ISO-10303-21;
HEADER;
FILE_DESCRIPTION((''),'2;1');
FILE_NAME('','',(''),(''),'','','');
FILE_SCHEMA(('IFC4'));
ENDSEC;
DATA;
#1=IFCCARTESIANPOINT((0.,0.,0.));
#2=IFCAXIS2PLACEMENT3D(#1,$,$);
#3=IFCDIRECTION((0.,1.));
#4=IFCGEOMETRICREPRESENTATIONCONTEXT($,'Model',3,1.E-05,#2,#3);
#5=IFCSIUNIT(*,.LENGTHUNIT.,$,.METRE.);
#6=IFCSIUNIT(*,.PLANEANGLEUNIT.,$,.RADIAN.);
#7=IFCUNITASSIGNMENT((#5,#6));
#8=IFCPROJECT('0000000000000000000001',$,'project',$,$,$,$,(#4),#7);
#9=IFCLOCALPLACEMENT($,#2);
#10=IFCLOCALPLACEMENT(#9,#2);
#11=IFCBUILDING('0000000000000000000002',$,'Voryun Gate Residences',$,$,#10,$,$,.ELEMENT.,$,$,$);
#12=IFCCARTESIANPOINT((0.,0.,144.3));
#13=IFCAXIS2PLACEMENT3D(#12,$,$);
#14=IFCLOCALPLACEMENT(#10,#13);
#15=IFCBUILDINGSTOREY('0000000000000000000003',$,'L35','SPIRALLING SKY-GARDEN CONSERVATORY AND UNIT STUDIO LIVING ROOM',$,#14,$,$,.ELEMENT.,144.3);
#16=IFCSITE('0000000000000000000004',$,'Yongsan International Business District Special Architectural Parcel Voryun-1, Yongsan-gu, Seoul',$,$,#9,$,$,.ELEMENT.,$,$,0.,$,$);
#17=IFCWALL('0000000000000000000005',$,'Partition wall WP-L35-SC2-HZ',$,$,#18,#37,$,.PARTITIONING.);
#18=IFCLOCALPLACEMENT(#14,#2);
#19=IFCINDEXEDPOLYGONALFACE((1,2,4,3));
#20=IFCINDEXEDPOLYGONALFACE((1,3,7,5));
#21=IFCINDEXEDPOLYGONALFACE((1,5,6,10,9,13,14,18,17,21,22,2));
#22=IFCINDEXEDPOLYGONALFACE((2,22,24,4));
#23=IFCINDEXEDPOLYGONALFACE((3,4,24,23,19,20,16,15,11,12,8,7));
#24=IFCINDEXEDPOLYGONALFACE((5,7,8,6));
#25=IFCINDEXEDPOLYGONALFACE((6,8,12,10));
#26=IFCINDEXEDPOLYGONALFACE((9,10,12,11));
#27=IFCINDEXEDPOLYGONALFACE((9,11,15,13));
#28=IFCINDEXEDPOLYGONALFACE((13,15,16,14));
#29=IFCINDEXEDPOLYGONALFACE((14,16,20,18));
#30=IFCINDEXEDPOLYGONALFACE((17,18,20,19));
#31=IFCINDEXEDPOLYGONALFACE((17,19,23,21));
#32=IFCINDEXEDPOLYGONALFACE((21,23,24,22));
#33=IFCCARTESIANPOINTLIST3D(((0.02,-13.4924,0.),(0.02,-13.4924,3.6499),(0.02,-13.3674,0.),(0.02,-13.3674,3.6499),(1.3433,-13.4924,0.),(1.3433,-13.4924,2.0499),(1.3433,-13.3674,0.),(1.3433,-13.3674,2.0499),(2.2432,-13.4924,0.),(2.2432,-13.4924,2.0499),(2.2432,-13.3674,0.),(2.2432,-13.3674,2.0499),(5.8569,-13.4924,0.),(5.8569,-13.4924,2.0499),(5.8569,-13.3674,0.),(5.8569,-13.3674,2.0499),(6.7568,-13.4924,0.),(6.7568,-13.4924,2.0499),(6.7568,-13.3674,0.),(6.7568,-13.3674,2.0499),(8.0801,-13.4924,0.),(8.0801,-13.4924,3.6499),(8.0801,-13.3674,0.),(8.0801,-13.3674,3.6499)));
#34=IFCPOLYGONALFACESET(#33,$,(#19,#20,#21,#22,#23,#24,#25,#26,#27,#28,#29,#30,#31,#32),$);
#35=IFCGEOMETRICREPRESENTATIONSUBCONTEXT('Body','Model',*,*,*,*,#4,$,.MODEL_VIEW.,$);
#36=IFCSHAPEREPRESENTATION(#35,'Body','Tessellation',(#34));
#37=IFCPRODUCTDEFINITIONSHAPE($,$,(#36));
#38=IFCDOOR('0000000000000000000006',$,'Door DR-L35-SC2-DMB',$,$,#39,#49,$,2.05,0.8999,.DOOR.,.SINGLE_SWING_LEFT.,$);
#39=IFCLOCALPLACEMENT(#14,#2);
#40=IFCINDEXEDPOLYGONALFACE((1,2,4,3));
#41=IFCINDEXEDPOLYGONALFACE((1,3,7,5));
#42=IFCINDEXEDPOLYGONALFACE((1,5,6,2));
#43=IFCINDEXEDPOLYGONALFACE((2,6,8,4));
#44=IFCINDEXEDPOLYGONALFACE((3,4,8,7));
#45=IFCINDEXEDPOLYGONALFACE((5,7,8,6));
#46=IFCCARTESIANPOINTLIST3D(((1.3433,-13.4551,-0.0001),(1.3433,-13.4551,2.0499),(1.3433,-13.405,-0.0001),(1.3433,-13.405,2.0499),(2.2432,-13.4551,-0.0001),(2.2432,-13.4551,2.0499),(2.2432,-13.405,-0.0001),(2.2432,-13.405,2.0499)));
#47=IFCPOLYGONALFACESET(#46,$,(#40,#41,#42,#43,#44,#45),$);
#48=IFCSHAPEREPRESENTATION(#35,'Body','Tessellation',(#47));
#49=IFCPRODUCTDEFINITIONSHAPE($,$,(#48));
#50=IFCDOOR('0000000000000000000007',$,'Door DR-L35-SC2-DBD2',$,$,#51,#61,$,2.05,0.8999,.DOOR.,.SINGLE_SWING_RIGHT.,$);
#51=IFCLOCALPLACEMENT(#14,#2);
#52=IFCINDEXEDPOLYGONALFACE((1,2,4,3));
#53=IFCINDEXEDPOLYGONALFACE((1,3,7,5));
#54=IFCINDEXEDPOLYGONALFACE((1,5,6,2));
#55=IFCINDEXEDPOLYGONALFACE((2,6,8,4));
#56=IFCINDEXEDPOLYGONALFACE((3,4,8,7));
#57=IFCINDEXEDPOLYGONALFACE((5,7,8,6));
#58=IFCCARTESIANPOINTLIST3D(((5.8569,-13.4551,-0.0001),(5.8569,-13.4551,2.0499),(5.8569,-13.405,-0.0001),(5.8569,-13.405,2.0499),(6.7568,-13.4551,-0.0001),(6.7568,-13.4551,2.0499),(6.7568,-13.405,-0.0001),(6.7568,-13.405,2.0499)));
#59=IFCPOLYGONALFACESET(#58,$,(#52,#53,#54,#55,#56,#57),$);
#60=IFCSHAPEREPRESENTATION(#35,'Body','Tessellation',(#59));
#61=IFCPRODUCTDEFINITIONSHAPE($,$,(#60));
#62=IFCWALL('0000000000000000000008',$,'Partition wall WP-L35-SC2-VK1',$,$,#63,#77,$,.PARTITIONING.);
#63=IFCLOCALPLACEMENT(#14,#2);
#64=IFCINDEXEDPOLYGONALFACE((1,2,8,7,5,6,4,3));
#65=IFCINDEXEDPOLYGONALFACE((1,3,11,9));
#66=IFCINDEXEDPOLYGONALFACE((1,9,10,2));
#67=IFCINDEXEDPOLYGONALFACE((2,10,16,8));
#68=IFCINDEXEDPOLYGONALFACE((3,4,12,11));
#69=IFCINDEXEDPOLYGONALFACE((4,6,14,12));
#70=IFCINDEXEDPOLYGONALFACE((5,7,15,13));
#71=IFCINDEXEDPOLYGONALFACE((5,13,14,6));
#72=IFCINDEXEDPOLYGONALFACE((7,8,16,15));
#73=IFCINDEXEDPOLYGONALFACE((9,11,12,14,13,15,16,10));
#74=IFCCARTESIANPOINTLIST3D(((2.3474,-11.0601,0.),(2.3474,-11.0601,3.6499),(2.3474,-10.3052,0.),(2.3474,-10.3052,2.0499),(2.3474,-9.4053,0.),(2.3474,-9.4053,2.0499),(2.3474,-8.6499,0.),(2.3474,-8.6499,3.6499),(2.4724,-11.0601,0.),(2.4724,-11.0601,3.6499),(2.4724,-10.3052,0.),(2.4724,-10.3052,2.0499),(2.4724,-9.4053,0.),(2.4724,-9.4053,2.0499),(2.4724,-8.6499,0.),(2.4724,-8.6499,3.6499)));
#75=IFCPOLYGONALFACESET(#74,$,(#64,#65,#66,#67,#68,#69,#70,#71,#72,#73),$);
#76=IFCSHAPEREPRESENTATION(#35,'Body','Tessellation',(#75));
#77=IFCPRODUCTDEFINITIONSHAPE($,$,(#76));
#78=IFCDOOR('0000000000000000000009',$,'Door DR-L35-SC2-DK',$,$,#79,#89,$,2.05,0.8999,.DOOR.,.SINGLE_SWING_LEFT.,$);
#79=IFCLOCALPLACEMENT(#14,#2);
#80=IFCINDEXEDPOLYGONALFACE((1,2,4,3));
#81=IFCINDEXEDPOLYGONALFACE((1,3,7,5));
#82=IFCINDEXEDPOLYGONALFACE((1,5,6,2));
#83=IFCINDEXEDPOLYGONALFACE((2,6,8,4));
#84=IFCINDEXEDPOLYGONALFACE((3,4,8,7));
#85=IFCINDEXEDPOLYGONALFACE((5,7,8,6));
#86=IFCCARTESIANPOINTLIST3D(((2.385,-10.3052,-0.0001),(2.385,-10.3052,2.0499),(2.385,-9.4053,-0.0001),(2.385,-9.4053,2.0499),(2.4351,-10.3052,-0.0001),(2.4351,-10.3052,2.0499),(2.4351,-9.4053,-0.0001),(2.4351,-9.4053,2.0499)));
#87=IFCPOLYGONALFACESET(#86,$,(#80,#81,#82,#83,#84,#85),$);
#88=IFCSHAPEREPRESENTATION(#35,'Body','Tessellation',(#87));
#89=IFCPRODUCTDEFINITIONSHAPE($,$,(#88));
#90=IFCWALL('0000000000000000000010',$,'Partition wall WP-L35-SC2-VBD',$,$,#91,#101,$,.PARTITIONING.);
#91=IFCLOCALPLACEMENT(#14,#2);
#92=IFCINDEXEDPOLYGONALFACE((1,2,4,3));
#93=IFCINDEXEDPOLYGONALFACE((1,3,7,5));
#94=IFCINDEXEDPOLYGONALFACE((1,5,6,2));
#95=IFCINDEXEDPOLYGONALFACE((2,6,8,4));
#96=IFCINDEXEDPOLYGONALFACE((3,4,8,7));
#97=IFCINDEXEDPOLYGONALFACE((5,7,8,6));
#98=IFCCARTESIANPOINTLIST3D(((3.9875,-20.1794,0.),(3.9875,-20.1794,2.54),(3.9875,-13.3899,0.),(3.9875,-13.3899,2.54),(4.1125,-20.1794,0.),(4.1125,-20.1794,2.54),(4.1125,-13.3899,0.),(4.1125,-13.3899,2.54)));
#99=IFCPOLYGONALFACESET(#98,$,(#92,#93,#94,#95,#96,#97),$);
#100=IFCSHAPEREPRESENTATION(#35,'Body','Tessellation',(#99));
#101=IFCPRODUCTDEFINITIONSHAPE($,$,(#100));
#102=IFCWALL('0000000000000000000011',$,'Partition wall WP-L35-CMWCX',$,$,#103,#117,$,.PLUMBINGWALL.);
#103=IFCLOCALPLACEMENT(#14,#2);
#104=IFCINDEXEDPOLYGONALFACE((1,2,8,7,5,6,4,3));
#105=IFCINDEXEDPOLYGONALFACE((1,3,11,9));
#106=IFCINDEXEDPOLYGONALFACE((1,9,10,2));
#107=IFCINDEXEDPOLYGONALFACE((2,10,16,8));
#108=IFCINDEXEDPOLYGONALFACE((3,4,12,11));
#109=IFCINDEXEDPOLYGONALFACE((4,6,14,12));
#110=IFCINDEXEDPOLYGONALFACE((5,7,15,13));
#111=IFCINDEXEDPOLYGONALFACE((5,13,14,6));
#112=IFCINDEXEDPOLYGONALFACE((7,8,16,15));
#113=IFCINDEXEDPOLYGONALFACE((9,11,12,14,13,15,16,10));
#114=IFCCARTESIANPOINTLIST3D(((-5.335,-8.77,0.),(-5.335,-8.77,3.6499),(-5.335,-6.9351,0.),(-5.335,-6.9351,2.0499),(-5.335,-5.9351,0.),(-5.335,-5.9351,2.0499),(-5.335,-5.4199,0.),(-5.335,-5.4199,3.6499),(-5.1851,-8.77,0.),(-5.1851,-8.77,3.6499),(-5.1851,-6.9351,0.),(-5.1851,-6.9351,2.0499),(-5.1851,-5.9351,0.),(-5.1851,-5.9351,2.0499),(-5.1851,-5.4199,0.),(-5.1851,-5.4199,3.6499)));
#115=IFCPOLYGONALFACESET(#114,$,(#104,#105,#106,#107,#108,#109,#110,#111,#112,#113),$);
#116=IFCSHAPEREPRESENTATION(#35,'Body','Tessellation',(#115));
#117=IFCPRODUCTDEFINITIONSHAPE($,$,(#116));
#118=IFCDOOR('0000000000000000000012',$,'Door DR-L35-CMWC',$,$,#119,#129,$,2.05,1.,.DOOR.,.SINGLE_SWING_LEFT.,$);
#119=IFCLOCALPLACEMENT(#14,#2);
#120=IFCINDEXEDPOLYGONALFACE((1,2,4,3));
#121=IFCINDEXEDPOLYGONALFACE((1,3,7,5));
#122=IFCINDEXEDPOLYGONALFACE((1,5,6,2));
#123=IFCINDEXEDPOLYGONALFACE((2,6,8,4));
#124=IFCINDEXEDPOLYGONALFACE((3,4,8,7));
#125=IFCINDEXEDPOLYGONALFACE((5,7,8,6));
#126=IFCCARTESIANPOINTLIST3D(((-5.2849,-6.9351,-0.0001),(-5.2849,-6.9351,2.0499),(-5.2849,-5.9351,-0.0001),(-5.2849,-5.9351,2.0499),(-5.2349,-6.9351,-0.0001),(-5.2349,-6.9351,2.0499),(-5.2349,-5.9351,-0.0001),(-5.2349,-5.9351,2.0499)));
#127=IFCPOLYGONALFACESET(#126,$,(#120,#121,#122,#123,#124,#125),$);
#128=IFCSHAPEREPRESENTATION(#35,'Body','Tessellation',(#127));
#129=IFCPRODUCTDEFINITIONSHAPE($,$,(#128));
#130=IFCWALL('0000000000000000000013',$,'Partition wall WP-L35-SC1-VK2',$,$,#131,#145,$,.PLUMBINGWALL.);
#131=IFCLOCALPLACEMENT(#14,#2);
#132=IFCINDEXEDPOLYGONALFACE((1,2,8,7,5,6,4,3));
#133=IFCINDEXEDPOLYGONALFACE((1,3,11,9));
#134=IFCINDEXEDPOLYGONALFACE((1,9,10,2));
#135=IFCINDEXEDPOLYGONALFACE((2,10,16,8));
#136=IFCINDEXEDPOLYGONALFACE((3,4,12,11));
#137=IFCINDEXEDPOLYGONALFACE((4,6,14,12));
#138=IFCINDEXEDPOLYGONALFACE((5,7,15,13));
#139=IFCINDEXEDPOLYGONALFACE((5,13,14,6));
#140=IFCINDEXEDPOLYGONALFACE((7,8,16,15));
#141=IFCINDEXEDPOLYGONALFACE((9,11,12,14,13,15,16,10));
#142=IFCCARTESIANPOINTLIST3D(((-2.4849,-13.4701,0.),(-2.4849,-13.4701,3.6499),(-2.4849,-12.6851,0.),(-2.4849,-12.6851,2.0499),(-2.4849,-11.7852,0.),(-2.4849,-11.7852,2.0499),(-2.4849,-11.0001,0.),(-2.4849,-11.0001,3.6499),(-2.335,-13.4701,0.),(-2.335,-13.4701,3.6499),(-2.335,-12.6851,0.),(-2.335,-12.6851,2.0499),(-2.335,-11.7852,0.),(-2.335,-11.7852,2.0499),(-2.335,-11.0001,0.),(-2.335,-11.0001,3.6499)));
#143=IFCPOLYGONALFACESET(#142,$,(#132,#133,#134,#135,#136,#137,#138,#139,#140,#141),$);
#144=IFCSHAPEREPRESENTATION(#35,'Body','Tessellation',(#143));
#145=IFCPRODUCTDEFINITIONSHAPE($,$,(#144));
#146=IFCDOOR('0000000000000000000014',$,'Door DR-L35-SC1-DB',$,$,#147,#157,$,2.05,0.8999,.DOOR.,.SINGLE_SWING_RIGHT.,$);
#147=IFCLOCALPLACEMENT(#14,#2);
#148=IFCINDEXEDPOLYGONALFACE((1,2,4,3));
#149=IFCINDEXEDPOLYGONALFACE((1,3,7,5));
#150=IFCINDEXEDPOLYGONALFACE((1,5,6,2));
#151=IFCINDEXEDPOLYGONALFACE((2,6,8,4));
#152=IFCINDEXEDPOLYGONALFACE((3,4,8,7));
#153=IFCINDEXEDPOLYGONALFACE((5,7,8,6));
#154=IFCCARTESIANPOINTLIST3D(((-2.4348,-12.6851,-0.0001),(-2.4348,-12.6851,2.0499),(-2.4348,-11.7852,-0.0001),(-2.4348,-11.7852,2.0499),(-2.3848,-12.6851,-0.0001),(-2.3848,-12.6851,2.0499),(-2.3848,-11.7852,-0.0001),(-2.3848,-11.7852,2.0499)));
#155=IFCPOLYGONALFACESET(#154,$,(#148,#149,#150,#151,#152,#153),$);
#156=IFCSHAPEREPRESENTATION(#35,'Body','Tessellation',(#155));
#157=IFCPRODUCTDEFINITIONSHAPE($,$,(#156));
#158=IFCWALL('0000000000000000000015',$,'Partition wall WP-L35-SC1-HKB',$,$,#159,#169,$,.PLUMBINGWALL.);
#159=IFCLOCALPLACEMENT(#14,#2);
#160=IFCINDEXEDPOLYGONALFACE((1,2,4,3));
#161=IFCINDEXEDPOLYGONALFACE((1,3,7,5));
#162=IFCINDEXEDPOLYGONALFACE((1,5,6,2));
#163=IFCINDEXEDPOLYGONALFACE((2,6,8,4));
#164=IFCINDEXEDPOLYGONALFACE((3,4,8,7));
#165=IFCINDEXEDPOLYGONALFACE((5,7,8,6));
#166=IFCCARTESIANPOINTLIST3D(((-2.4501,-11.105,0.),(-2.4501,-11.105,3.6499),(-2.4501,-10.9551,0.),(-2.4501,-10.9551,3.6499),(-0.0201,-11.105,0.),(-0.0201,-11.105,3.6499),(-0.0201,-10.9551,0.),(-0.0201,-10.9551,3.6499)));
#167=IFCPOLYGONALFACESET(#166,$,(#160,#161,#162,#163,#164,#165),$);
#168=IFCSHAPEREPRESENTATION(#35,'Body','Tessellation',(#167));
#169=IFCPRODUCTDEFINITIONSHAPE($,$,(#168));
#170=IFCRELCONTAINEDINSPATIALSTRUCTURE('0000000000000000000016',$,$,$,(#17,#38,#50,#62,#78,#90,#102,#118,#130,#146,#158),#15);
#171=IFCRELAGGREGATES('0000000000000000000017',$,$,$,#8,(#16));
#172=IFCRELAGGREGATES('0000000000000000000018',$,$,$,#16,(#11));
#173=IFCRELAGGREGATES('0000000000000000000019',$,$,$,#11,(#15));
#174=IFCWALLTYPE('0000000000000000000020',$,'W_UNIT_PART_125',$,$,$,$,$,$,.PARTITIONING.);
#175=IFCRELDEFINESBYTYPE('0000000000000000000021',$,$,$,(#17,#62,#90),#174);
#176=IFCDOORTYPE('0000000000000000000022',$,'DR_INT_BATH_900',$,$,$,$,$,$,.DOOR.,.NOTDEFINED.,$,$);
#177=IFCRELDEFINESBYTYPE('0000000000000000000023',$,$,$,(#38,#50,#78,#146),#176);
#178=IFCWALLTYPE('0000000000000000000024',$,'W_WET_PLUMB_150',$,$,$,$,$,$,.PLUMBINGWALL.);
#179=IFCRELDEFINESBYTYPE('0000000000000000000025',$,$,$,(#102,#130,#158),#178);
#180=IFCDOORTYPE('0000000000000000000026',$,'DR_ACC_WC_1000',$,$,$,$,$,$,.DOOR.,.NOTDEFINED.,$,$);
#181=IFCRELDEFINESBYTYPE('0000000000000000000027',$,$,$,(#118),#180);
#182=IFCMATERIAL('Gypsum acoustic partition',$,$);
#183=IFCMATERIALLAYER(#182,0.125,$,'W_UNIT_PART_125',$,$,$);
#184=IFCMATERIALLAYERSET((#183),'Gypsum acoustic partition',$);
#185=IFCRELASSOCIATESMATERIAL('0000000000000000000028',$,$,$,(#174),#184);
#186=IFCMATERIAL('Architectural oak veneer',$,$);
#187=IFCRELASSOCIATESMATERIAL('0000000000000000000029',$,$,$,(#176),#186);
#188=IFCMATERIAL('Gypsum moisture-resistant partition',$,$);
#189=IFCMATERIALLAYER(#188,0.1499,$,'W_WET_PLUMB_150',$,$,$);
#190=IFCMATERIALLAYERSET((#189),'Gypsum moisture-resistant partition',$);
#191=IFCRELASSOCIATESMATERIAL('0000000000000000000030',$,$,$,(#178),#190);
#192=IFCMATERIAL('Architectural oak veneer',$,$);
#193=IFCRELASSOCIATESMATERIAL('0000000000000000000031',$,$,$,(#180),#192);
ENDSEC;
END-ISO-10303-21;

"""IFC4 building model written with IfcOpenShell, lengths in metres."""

from ifc_helpers import new_model, si_unit, direction, frame, frame_2d, origin, place, context, subcontext, project, spatial, rectangle, extrude, material, layer, layer_set, type_object, element, fill, save


model = new_model("IFC4")

# Units and contexts
model_context = context("Model", 3, precision=1e-05, world=origin(), true_north=direction((0.0, 1.0)))
body_context = subcontext(model_context, "Body", "Model", "MODEL_VIEW")
ifc_project = project(units=[si_unit("LENGTHUNIT", "METRE"), si_unit("PLANEANGLEUNIT", "RADIAN")], contexts=[model_context])

# Site, building, storey
site_placement = place(None, origin())
site = spatial("IfcSite", under=ifc_project, at=site_placement, Name="Yongsan International Business District Special Architectural Parcel Voryun-1, Yongsan-gu, Seoul", CompositionType="ELEMENT", RefElevation=0.0)
building_placement = place(site_placement, origin())
building = spatial("IfcBuilding", under=site, at=building_placement, Name="Voryun Gate Residences", CompositionType="ELEMENT")
storey_placement = place(building_placement, frame((0.0, 0.0, 144.3)))
storey = spatial("IfcBuildingStorey", under=building, at=storey_placement, Name="L35", Description="SPIRALLING SKY-GARDEN CONSERVATORY AND UNIT STUDIO LIVING ROOM", CompositionType="ELEMENT", Elevation=144.3)

# Shared definitions
ifc_material_1 = material(Name="Gypsum acoustic partition")
ifc_layer_1 = layer(ifc_material_1, 0.125, Name="W_UNIT_PART_125")
ifc_layer_set_1 = layer_set([ifc_layer_1], Name="Gypsum acoustic partition")
wall_type_1 = type_object("IfcWallType", Name="W_UNIT_PART_125", PredefinedType="PARTITIONING", material=ifc_layer_set_1)
ifc_material_2 = material(Name="Architectural oak veneer")
door_type_1 = type_object("IfcDoorType", Name="DR_INT_BATH_900", OperationType="NOTDEFINED", PredefinedType="DOOR", material=ifc_material_2)

# Wall, openings, doors
wall_1_placement = place(storey_placement, frame((0.02, -13.4299, 0.0), z_axis=(0.0, 0.0, 1.0), x_axis=(1.0, 0.0, 0.0)))
wall_1 = element("IfcWall", 1, at=wall_1_placement, inside=storey, type_object=wall_type_1, Name="Partition wall WP-L35-SC2-HZ", PredefinedType="PARTITIONING", context=body_context, shape_type="SweptSolid", body=[
    extrude(rectangle(XDim=8.0601, YDim=0.125, at=frame_2d((4.03, 0.0))), origin(), (0.0, 0.0, 1.0), 3.6499),
])
opening_1_placement = place(wall_1_placement, frame((1.3232, 0.0, 0.0)))
opening_1 = element("IfcOpeningElement", 2, at=opening_1_placement, cuts=wall_1, PredefinedType="OPENING", context=body_context, shape_type="SweptSolid", body=[
    extrude(rectangle(XDim=0.8999, YDim=2.05, at=frame_2d((0.45, 1.0249))), frame((0.0, 0.0725, 0.0), z_axis=(0.0, -1.0, 0.0), x_axis=(1.0, 0.0, 0.0)), (0.0, 0.0, 1.0), 0.145),
])
opening_2_placement = place(wall_1_placement, frame((5.8369, 0.0, 0.0)))
opening_2 = element("IfcOpeningElement", 3, at=opening_2_placement, cuts=wall_1, PredefinedType="OPENING", context=body_context, shape_type="SweptSolid", body=[
    extrude(rectangle(XDim=0.8999, YDim=2.05, at=frame_2d((0.45, 1.0249))), frame((0.0, 0.0725, 0.0), z_axis=(0.0, -1.0, 0.0), x_axis=(1.0, 0.0, 0.0)), (0.0, 0.0, 1.0), 0.145),
])
door_1_placement = place(opening_1_placement, origin())
door_1 = element("IfcDoor", 4, at=door_1_placement, inside=storey, type_object=door_type_1, Name="Door DR-L35-SC2-DMB", OperationType="SINGLE_SWING_LEFT", OverallHeight=2.05, OverallWidth=0.8999, PredefinedType="DOOR", context=body_context, shape_type="SweptSolid", body=[
    extrude(rectangle(XDim=0.8999, YDim=2.05, at=frame_2d((0.45, 1.0249))), frame((0.0, 0.0249, 0.0), z_axis=(0.0, -1.0, 0.0), x_axis=(1.0, 0.0, 0.0)), (0.0, 0.0, 1.0), 0.05),
])
fill(opening_1, door_1)
door_2_placement = place(opening_2_placement, origin())
door_2 = element("IfcDoor", 5, at=door_2_placement, inside=storey, type_object=door_type_1, Name="Door DR-L35-SC2-DBD2", OperationType="SINGLE_SWING_RIGHT", OverallHeight=2.05, OverallWidth=0.8999, PredefinedType="DOOR", context=body_context, shape_type="SweptSolid", body=[
    extrude(rectangle(XDim=0.8999, YDim=2.05, at=frame_2d((0.45, 1.0249))), frame((0.0, 0.0249, 0.0), z_axis=(0.0, -1.0, 0.0), x_axis=(1.0, 0.0, 0.0)), (0.0, 0.0, 1.0), 0.05),
])
fill(opening_2, door_2)

# Wall, opening, door
wall_2_placement = place(storey_placement, frame((2.4099, -11.0601, 0.0), z_axis=(0.0, 0.0, 1.0), x_axis=(0.0, 1.0, 0.0)))
wall_2 = element("IfcWall", 6, at=wall_2_placement, inside=storey, type_object=wall_type_1, Name="Partition wall WP-L35-SC2-VK1", PredefinedType="PARTITIONING", context=body_context, shape_type="SweptSolid", body=[
    extrude(rectangle(XDim=2.4102, YDim=0.125, at=frame_2d((1.2051, 0.0))), origin(), (0.0, 0.0, 1.0), 3.6499),
])
opening_3_placement = place(wall_2_placement, frame((0.7549, 0.0, 0.0)))
opening_3 = element("IfcOpeningElement", 7, at=opening_3_placement, cuts=wall_2, PredefinedType="OPENING", context=body_context, shape_type="SweptSolid", body=[
    extrude(rectangle(XDim=0.8999, YDim=2.05, at=frame_2d((0.45, 1.0249))), frame((0.0, 0.0725, 0.0), z_axis=(0.0, -1.0, 0.0), x_axis=(1.0, 0.0, 0.0)), (0.0, 0.0, 1.0), 0.145),
])
door_3_placement = place(opening_3_placement, origin())
door_3 = element("IfcDoor", 8, at=door_3_placement, inside=storey, type_object=door_type_1, Name="Door DR-L35-SC2-DK", OperationType="SINGLE_SWING_LEFT", OverallHeight=2.05, OverallWidth=0.8999, PredefinedType="DOOR", context=body_context, shape_type="SweptSolid", body=[
    extrude(rectangle(XDim=0.8999, YDim=2.05, at=frame_2d((0.45, 1.0249))), frame((0.0, 0.0249, 0.0), z_axis=(0.0, -1.0, 0.0), x_axis=(1.0, 0.0, 0.0)), (0.0, 0.0, 1.0), 0.05),
])
fill(opening_3, door_3)

# Wall
wall_3_placement = place(storey_placement, frame((4.05, -20.1794, 0.0), z_axis=(0.0, 0.0, 1.0), x_axis=(0.0, 1.0, 0.0)))
element("IfcWall", 9, at=wall_3_placement, inside=storey, type_object=wall_type_1, Name="Partition wall WP-L35-SC2-VBD", PredefinedType="PARTITIONING", context=body_context, shape_type="SweptSolid", body=[
    extrude(rectangle(XDim=6.7896, YDim=0.125, at=frame_2d((3.3948, 0.0))), origin(), (0.0, 0.0, 1.0), 2.54),
])

# Walls, openings, doors
ifc_material_3 = material(Name="Gypsum moisture-resistant partition")
ifc_layer_2 = layer(ifc_material_3, 0.1499, Name="W_WET_PLUMB_150")
ifc_layer_set_2 = layer_set([ifc_layer_2], Name="Gypsum moisture-resistant partition")
wall_type_2 = type_object("IfcWallType", Name="W_WET_PLUMB_150", PredefinedType="PLUMBINGWALL", material=ifc_layer_set_2)
wall_4_placement = place(storey_placement, frame((-5.26, -8.77, 0.0), z_axis=(0.0, 0.0, 1.0), x_axis=(0.0, 1.0, 0.0)))
wall_4 = element("IfcWall", 10, at=wall_4_placement, inside=storey, type_object=wall_type_2, Name="Partition wall WP-L35-CMWCX", PredefinedType="PLUMBINGWALL", context=body_context, shape_type="SweptSolid", body=[
    extrude(rectangle(XDim=3.3501, YDim=0.1499, at=frame_2d((1.675, 0.0))), origin(), (0.0, 0.0, 1.0), 3.6499),
])
opening_4_placement = place(wall_4_placement, frame((1.835, 0.0, 0.0)))
opening_4 = element("IfcOpeningElement", 11, at=opening_4_placement, cuts=wall_4, PredefinedType="OPENING", context=body_context, shape_type="SweptSolid", body=[
    extrude(rectangle(XDim=1.0, YDim=2.05, at=frame_2d((0.5, 1.0249))), frame((0.0, 0.085, 0.0), z_axis=(0.0, -1.0, 0.0), x_axis=(1.0, 0.0, 0.0)), (0.0, 0.0, 1.0), 0.1699),
])
ifc_material_4 = material(Name="Architectural oak veneer")
door_type_2 = type_object("IfcDoorType", Name="DR_ACC_WC_1000", OperationType="NOTDEFINED", PredefinedType="DOOR", material=ifc_material_4)
door_4_placement = place(opening_4_placement, origin())
door_4 = element("IfcDoor", 12, at=door_4_placement, inside=storey, type_object=door_type_2, Name="Door DR-L35-CMWC", OperationType="SINGLE_SWING_LEFT", OverallHeight=2.05, OverallWidth=1.0, PredefinedType="DOOR", context=body_context, shape_type="SweptSolid", body=[
    extrude(rectangle(XDim=1.0, YDim=2.05, at=frame_2d((0.5, 1.0249))), frame((0.0, 0.0249, 0.0), z_axis=(0.0, -1.0, 0.0), x_axis=(1.0, 0.0, 0.0)), (0.0, 0.0, 1.0), 0.05),
])
fill(opening_4, door_4)
wall_5_placement = place(storey_placement, frame((-2.4099, -13.47, 0.0), z_axis=(0.0, 0.0, 1.0), x_axis=(0.0, 1.0, 0.0)))
wall_5 = element("IfcWall", 13, at=wall_5_placement, inside=storey, type_object=wall_type_2, Name="Partition wall WP-L35-SC1-VK2", PredefinedType="PLUMBINGWALL", context=body_context, shape_type="SweptSolid", body=[
    extrude(rectangle(XDim=2.47, YDim=0.1499, at=frame_2d((1.2349, 0.0))), origin(), (0.0, 0.0, 1.0), 3.6499),
])
opening_5_placement = place(wall_5_placement, frame((0.7849, 0.0, 0.0)))
opening_5 = element("IfcOpeningElement", 14, at=opening_5_placement, cuts=wall_5, PredefinedType="OPENING", context=body_context, shape_type="SweptSolid", body=[
    extrude(rectangle(XDim=0.8999, YDim=2.05, at=frame_2d((0.45, 1.0249))), frame((0.0, 0.085, 0.0), z_axis=(0.0, -1.0, 0.0), x_axis=(1.0, 0.0, 0.0)), (0.0, 0.0, 1.0), 0.1699),
])
door_5_placement = place(opening_5_placement, origin())
door_5 = element("IfcDoor", 15, at=door_5_placement, inside=storey, type_object=door_type_1, Name="Door DR-L35-SC1-DB", OperationType="SINGLE_SWING_RIGHT", OverallHeight=2.05, OverallWidth=0.8999, PredefinedType="DOOR", context=body_context, shape_type="SweptSolid", body=[
    extrude(rectangle(XDim=0.8999, YDim=2.05, at=frame_2d((0.45, 1.0249))), frame((0.0, 0.0249, 0.0), z_axis=(0.0, -1.0, 0.0), x_axis=(1.0, 0.0, 0.0)), (0.0, 0.0, 1.0), 0.05),
])
fill(opening_5, door_5)

# Wall
wall_6_placement = place(storey_placement, frame((-2.45, -11.03, 0.0), z_axis=(0.0, 0.0, 1.0), x_axis=(1.0, 0.0, 0.0)))
element("IfcWall", 16, at=wall_6_placement, inside=storey, type_object=wall_type_2, Name="Partition wall WP-L35-SC1-HKB", PredefinedType="PLUMBINGWALL", context=body_context, shape_type="SweptSolid", body=[
    extrude(rectangle(XDim=2.4299, YDim=0.1499, at=frame_2d((1.2148, 0.0))), origin(), (0.0, 0.0, 1.0), 3.6499),
])

save(model, "model.ifc")
